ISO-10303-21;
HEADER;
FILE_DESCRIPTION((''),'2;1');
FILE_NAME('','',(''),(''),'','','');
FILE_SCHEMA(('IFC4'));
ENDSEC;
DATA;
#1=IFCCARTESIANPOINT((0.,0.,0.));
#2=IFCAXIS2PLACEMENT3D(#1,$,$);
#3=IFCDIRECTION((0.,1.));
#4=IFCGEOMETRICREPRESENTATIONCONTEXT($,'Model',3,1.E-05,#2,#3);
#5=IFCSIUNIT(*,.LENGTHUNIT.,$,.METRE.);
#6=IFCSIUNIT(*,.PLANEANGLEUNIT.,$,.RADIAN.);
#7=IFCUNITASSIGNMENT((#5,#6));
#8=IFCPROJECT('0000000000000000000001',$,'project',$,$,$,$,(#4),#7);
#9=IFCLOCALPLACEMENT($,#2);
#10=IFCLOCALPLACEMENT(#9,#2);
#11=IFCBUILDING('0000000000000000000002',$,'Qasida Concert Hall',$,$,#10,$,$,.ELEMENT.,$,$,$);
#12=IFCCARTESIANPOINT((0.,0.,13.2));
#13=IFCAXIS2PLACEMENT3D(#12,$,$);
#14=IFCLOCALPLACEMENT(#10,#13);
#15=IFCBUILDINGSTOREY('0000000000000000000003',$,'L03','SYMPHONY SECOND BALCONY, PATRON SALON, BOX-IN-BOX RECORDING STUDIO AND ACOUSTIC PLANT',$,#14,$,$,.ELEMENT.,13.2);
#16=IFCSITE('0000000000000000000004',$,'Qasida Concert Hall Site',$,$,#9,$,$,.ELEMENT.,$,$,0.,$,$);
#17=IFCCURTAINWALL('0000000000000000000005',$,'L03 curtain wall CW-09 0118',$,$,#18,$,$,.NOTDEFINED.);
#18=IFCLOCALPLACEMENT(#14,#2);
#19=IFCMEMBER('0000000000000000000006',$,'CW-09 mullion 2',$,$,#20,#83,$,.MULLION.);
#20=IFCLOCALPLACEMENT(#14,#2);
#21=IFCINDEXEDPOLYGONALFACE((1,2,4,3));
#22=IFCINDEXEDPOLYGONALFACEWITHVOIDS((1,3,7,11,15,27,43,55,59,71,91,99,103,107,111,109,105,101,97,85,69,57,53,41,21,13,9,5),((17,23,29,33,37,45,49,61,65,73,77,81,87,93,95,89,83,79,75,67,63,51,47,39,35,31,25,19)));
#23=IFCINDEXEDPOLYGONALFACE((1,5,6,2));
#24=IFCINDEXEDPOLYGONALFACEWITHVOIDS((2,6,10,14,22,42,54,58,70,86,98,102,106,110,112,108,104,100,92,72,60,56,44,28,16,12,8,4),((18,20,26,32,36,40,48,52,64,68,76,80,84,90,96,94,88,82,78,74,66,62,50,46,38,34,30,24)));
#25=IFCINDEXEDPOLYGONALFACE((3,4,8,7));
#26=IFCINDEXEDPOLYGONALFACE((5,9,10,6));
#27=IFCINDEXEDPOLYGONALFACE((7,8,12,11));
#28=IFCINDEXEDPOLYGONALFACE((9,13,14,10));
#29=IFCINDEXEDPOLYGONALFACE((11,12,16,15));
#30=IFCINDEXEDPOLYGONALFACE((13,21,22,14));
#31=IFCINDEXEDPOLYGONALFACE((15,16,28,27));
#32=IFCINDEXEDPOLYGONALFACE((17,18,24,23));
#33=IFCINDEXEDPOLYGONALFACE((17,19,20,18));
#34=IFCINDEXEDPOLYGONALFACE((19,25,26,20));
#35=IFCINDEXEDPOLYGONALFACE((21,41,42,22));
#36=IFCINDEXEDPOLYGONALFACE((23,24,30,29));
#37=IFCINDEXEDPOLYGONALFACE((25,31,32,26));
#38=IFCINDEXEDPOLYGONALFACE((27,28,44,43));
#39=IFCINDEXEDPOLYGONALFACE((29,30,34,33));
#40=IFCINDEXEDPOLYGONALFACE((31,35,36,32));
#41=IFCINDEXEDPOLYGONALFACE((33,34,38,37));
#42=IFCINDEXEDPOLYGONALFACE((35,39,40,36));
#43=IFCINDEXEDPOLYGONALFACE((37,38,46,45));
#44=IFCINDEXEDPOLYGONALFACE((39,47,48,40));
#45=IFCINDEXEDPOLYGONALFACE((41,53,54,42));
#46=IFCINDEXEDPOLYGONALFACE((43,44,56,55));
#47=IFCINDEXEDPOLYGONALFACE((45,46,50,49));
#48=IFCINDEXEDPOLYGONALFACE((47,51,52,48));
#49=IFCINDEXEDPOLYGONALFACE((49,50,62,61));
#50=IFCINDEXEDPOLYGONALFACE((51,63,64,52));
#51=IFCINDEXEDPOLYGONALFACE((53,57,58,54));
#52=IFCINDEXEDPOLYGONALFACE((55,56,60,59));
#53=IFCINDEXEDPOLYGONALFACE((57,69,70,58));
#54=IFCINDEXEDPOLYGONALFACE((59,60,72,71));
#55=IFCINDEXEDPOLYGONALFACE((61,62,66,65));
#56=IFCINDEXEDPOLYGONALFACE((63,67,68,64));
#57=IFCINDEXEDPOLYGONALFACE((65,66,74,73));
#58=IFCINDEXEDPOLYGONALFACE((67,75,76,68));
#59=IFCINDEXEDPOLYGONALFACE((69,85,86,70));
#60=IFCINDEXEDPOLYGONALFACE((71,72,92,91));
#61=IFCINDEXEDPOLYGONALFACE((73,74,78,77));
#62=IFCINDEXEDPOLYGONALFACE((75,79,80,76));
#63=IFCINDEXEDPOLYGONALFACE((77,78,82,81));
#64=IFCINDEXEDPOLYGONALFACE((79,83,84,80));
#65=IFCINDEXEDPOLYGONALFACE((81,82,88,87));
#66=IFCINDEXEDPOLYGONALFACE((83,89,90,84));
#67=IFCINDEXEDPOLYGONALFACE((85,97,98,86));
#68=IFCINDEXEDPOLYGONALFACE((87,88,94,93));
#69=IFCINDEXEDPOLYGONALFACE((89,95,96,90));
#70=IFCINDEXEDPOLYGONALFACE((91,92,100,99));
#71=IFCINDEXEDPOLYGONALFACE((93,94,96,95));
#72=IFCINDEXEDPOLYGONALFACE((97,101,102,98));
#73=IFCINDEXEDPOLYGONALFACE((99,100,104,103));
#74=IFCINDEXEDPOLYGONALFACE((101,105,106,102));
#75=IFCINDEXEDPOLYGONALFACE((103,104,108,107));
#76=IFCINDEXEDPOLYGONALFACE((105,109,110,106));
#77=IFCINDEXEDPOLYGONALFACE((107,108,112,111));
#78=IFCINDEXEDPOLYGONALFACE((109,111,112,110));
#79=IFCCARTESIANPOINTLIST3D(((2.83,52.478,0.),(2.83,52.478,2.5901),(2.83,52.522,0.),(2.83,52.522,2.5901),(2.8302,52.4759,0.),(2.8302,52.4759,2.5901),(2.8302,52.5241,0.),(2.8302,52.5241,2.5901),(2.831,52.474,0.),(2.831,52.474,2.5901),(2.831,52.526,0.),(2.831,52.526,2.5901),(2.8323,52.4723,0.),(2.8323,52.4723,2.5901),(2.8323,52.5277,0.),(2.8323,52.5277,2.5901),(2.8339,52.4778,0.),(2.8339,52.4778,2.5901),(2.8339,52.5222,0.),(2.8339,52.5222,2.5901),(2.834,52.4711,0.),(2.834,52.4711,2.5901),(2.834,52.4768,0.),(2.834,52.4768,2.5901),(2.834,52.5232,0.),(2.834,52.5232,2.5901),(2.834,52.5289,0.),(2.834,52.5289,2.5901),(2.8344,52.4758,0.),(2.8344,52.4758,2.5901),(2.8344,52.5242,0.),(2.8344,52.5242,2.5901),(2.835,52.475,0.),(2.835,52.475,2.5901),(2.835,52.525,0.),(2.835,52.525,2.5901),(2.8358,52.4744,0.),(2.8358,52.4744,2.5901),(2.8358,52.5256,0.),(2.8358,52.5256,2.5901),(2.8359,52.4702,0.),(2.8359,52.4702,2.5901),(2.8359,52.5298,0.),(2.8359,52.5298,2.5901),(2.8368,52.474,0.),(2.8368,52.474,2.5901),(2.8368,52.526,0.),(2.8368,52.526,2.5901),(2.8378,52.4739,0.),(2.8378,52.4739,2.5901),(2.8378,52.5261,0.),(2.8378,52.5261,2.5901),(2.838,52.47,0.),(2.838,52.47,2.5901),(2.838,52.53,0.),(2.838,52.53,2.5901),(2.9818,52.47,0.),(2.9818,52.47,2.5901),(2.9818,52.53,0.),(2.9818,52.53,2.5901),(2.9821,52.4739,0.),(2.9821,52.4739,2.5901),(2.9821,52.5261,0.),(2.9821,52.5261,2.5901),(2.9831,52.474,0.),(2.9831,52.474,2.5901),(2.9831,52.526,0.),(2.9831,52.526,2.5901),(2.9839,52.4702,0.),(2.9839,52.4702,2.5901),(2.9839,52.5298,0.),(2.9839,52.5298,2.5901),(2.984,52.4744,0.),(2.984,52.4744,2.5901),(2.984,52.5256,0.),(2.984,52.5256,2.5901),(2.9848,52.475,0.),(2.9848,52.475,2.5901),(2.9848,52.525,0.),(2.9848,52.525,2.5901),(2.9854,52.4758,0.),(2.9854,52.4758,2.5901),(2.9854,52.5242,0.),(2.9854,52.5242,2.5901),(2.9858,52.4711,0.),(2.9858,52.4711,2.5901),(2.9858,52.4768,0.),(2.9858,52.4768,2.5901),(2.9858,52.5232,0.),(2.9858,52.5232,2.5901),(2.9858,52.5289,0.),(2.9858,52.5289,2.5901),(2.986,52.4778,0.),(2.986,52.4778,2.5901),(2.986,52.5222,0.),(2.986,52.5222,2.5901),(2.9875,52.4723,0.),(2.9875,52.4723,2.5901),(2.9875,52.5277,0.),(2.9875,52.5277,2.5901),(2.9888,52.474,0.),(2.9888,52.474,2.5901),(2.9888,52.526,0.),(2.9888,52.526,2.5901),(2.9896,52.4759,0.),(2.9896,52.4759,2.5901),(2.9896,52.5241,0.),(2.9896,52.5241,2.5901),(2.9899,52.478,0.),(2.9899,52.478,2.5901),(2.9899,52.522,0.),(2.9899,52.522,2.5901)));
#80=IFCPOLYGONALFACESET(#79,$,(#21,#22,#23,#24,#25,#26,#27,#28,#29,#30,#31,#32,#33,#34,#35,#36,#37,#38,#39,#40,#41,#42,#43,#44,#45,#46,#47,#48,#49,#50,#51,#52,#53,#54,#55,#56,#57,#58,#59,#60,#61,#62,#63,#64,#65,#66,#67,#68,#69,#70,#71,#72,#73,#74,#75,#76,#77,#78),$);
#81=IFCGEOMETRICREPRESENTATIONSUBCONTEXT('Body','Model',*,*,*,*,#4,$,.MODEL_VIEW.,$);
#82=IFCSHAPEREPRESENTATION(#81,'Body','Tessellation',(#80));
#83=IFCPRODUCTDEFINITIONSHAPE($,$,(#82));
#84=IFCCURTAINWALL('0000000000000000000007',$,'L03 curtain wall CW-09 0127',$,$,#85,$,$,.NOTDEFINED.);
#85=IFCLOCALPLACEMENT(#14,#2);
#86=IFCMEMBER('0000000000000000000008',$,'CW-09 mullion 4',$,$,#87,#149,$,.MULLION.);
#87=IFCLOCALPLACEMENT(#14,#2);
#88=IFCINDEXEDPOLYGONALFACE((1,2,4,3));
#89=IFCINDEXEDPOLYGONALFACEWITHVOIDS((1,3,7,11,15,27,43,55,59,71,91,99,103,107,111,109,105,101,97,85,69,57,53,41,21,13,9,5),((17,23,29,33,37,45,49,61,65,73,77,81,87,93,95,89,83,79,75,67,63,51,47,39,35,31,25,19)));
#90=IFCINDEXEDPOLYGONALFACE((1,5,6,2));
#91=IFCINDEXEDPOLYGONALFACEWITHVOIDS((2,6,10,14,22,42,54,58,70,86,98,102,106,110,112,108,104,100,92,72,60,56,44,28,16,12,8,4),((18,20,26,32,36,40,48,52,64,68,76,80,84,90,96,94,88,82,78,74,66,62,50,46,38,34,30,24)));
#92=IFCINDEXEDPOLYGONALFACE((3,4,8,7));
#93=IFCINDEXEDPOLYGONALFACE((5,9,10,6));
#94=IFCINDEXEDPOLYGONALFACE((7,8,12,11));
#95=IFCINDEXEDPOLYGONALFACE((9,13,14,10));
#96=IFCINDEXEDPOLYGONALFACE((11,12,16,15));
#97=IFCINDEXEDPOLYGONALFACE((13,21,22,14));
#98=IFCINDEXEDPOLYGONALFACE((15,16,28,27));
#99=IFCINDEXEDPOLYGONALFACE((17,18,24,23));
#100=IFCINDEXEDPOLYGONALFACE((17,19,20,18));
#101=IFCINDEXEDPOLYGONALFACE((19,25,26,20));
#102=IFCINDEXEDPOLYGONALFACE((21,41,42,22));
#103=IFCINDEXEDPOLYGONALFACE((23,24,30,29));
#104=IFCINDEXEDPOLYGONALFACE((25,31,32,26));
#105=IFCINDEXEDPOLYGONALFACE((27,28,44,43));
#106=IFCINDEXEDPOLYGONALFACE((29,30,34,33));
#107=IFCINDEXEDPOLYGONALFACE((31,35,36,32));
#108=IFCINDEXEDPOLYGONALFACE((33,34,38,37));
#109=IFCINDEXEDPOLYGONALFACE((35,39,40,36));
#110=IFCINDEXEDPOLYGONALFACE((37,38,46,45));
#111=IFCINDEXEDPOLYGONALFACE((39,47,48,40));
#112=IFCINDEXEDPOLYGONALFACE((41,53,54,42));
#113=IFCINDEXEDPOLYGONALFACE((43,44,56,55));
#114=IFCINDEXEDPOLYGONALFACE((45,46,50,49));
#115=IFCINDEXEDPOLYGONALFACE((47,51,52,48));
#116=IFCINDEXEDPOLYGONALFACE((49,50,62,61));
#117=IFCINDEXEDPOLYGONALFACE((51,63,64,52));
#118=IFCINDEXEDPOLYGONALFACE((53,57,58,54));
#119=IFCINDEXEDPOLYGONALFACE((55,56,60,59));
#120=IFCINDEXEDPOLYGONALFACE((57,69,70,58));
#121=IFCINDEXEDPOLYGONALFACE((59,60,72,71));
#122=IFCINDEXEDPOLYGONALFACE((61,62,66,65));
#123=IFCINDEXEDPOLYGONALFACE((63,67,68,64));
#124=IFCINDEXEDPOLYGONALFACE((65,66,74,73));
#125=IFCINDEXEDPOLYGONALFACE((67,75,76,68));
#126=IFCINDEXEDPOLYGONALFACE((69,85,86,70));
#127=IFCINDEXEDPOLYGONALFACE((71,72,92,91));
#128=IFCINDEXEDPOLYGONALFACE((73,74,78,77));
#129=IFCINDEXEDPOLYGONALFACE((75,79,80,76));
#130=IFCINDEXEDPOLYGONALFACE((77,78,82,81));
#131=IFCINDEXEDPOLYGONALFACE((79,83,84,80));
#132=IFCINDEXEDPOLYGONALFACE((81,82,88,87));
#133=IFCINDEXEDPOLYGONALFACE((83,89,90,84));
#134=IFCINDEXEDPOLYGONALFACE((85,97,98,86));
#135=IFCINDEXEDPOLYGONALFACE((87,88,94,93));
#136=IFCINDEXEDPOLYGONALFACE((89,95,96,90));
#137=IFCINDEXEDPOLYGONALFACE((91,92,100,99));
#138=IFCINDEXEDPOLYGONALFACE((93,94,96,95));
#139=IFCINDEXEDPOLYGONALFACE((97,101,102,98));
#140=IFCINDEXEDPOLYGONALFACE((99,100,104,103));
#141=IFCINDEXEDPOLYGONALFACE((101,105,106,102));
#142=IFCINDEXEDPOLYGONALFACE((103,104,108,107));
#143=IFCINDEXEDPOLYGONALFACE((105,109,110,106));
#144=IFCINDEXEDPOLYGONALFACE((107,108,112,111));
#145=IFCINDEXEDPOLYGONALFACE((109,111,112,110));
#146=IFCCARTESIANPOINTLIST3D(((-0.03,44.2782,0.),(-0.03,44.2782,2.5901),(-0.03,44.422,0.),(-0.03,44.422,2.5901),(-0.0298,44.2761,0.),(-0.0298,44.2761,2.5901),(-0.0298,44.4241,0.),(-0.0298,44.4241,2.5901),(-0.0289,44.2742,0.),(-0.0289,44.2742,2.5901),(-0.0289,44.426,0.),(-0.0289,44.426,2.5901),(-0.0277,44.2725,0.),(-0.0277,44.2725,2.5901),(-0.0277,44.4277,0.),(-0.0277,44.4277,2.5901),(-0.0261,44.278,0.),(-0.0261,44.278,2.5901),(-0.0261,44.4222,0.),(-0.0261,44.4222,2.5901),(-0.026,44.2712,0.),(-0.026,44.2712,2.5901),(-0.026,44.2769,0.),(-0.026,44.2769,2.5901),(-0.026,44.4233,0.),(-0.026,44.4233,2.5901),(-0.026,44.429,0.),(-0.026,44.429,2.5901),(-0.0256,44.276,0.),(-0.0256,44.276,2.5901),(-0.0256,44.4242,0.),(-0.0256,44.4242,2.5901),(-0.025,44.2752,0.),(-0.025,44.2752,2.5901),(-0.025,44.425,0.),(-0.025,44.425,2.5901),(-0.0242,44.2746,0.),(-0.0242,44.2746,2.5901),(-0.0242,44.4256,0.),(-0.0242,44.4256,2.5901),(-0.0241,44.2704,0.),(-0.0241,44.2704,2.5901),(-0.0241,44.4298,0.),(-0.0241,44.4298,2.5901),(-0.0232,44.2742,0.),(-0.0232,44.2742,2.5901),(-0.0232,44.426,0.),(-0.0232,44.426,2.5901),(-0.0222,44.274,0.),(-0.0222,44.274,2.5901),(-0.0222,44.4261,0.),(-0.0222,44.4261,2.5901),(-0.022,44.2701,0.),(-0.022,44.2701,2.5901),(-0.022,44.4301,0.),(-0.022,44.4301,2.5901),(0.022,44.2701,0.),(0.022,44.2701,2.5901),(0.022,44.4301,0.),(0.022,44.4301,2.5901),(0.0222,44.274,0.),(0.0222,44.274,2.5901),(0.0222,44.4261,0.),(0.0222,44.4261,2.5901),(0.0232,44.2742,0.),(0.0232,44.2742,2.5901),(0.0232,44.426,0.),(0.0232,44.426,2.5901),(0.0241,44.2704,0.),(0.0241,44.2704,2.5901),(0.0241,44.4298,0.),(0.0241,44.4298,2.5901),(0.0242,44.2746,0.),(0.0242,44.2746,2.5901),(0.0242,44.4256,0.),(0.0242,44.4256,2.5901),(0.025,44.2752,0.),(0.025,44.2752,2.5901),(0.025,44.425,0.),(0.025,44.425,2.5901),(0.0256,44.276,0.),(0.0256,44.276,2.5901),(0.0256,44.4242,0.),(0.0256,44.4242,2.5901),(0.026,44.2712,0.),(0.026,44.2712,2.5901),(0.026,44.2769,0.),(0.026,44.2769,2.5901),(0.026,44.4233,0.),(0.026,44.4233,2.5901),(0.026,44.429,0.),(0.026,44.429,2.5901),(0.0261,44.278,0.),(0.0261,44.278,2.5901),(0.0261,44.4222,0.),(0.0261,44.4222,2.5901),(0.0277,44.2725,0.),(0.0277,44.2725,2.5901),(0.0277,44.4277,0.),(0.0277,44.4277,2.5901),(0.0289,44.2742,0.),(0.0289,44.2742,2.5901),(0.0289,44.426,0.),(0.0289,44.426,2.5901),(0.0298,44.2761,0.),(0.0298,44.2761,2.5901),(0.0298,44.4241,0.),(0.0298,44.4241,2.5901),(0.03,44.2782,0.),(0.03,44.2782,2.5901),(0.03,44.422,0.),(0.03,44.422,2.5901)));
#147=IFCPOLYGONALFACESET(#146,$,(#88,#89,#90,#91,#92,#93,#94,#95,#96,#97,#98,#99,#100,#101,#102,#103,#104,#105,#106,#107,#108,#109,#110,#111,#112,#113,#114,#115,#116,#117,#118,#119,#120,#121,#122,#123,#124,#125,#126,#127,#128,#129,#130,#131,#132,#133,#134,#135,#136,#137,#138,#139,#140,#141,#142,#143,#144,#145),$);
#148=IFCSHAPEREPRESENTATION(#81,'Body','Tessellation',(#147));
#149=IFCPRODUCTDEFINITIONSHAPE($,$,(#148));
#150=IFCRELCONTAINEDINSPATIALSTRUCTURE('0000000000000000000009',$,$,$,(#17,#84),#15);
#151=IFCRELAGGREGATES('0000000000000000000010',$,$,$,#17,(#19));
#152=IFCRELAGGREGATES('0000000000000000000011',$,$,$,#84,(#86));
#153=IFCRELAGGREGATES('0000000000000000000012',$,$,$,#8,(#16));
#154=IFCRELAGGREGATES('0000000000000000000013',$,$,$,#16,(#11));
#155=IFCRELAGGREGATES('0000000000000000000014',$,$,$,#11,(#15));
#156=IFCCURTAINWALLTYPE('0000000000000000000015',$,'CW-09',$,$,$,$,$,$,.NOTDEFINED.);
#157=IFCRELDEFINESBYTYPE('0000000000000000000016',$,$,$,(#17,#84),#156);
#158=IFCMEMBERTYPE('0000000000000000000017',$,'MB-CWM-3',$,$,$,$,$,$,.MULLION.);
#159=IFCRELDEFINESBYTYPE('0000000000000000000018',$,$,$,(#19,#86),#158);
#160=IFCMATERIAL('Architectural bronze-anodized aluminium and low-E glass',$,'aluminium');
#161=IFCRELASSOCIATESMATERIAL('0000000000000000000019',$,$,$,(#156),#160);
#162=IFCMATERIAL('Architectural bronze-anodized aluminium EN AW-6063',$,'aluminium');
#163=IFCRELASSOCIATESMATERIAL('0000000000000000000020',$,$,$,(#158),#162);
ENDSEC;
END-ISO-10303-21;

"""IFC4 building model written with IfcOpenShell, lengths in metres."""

from ifc_helpers import new_model, si_unit, direction, frame, origin, origin_2d, place, context, subcontext, project, spatial, hollow_rectangle, extrude, material, material_profile, profile_set, type_object, element, aggregate, save


model = new_model("IFC4")

# Units and contexts
model_context = context("Model", 3, precision=1e-05, world=origin(), true_north=direction((0.0, 1.0)))
body_context = subcontext(model_context, "Body", "Model", "MODEL_VIEW")
ifc_project = project(units=[si_unit("LENGTHUNIT", "METRE"), si_unit("PLANEANGLEUNIT", "RADIAN")], contexts=[model_context])

# Site, building, storey
site_placement = place(None, origin())
site = spatial("IfcSite", under=ifc_project, at=site_placement, Name="Qasida Concert Hall Site", CompositionType="ELEMENT", RefElevation=0.0)
building_placement = place(site_placement, origin())
building = spatial("IfcBuilding", under=site, at=building_placement, Name="Qasida Concert Hall", CompositionType="ELEMENT")
storey_placement = place(building_placement, frame((0.0, 0.0, 13.2)))
storey = spatial("IfcBuildingStorey", under=building, at=storey_placement, Name="L03", Description="SYMPHONY SECOND BALCONY, PATRON SALON, BOX-IN-BOX RECORDING STUDIO AND ACOUSTIC PLANT", CompositionType="ELEMENT", Elevation=13.2)

# Curtain wall, member
ifc_material_1 = material(Name="Architectural bronze-anodized aluminium and low-E glass", Category="aluminium")
curtain_wall_type = type_object("IfcCurtainWallType", Name="CW-09", PredefinedType="NOTDEFINED", material=ifc_material_1)
curtain_wall_1_placement = place(storey_placement, origin())
curtain_wall_1 = element("IfcCurtainWall", 1, at=curtain_wall_1_placement, inside=storey, type_object=curtain_wall_type, Name="L03 curtain wall CW-09 0118", PredefinedType="NOTDEFINED")
ifc_material_2 = material(Name="Architectural bronze-anodized aluminium EN AW-6063", Category="aluminium")
ifc_material_profile_1 = material_profile(ifc_material_2, hollow_rectangle(XDim=0.0601, YDim=0.1599, WallThickness=0.0039, InnerFilletRadius=0.0039, OuterFilletRadius=0.0081, at=origin_2d()), Name="CWM 160x60x4")
ifc_profile_set_1 = profile_set([ifc_material_profile_1], Name="Architectural bronze-anodized aluminium EN AW-6063")
member_type_1 = type_object("IfcMemberType", Name="MB-CWM-3", PredefinedType="MULLION", material=ifc_profile_set_1)
member_1_placement = place(storey_placement, frame((2.9099, 52.5, 0.0), z_axis=(0.0, 0.0, 1.0), x_axis=(0.0, 1.0, 0.0)))
member_1 = element("IfcMember", 2, at=member_1_placement, type_object=member_type_1, Name="CW-09 mullion 2", PredefinedType="MULLION", context=body_context, shape_type="SweptSolid", body=[
    extrude(hollow_rectangle(XDim=0.0601, YDim=0.1599, WallThickness=0.0039, InnerFilletRadius=0.0039, OuterFilletRadius=0.0081, at=origin_2d()), origin(), (0.0, 0.0, 1.0), 2.5901),
])

# Curtain wall, member
curtain_wall_2_placement = place(storey_placement, origin())
curtain_wall_2 = element("IfcCurtainWall", 3, at=curtain_wall_2_placement, inside=storey, type_object=curtain_wall_type, Name="L03 curtain wall CW-09 0127", PredefinedType="NOTDEFINED")
member_2_placement = place(storey_placement, frame((0.0, 44.3501, 0.0), z_axis=(0.0, 0.0, 1.0), x_axis=(-1.0, 0.0, 0.0)))
member_2 = element("IfcMember", 4, at=member_2_placement, type_object=member_type_1, Name="CW-09 mullion 4", PredefinedType="MULLION", context=body_context, shape_type="SweptSolid", body=[
    extrude(hollow_rectangle(XDim=0.0601, YDim=0.1599, WallThickness=0.0039, InnerFilletRadius=0.0039, OuterFilletRadius=0.0081, at=origin_2d()), origin(), (0.0, 0.0, 1.0), 2.5901),
])

aggregate(curtain_wall_1, [member_1])
aggregate(curtain_wall_2, [member_2])

save(model, "model.ifc")
